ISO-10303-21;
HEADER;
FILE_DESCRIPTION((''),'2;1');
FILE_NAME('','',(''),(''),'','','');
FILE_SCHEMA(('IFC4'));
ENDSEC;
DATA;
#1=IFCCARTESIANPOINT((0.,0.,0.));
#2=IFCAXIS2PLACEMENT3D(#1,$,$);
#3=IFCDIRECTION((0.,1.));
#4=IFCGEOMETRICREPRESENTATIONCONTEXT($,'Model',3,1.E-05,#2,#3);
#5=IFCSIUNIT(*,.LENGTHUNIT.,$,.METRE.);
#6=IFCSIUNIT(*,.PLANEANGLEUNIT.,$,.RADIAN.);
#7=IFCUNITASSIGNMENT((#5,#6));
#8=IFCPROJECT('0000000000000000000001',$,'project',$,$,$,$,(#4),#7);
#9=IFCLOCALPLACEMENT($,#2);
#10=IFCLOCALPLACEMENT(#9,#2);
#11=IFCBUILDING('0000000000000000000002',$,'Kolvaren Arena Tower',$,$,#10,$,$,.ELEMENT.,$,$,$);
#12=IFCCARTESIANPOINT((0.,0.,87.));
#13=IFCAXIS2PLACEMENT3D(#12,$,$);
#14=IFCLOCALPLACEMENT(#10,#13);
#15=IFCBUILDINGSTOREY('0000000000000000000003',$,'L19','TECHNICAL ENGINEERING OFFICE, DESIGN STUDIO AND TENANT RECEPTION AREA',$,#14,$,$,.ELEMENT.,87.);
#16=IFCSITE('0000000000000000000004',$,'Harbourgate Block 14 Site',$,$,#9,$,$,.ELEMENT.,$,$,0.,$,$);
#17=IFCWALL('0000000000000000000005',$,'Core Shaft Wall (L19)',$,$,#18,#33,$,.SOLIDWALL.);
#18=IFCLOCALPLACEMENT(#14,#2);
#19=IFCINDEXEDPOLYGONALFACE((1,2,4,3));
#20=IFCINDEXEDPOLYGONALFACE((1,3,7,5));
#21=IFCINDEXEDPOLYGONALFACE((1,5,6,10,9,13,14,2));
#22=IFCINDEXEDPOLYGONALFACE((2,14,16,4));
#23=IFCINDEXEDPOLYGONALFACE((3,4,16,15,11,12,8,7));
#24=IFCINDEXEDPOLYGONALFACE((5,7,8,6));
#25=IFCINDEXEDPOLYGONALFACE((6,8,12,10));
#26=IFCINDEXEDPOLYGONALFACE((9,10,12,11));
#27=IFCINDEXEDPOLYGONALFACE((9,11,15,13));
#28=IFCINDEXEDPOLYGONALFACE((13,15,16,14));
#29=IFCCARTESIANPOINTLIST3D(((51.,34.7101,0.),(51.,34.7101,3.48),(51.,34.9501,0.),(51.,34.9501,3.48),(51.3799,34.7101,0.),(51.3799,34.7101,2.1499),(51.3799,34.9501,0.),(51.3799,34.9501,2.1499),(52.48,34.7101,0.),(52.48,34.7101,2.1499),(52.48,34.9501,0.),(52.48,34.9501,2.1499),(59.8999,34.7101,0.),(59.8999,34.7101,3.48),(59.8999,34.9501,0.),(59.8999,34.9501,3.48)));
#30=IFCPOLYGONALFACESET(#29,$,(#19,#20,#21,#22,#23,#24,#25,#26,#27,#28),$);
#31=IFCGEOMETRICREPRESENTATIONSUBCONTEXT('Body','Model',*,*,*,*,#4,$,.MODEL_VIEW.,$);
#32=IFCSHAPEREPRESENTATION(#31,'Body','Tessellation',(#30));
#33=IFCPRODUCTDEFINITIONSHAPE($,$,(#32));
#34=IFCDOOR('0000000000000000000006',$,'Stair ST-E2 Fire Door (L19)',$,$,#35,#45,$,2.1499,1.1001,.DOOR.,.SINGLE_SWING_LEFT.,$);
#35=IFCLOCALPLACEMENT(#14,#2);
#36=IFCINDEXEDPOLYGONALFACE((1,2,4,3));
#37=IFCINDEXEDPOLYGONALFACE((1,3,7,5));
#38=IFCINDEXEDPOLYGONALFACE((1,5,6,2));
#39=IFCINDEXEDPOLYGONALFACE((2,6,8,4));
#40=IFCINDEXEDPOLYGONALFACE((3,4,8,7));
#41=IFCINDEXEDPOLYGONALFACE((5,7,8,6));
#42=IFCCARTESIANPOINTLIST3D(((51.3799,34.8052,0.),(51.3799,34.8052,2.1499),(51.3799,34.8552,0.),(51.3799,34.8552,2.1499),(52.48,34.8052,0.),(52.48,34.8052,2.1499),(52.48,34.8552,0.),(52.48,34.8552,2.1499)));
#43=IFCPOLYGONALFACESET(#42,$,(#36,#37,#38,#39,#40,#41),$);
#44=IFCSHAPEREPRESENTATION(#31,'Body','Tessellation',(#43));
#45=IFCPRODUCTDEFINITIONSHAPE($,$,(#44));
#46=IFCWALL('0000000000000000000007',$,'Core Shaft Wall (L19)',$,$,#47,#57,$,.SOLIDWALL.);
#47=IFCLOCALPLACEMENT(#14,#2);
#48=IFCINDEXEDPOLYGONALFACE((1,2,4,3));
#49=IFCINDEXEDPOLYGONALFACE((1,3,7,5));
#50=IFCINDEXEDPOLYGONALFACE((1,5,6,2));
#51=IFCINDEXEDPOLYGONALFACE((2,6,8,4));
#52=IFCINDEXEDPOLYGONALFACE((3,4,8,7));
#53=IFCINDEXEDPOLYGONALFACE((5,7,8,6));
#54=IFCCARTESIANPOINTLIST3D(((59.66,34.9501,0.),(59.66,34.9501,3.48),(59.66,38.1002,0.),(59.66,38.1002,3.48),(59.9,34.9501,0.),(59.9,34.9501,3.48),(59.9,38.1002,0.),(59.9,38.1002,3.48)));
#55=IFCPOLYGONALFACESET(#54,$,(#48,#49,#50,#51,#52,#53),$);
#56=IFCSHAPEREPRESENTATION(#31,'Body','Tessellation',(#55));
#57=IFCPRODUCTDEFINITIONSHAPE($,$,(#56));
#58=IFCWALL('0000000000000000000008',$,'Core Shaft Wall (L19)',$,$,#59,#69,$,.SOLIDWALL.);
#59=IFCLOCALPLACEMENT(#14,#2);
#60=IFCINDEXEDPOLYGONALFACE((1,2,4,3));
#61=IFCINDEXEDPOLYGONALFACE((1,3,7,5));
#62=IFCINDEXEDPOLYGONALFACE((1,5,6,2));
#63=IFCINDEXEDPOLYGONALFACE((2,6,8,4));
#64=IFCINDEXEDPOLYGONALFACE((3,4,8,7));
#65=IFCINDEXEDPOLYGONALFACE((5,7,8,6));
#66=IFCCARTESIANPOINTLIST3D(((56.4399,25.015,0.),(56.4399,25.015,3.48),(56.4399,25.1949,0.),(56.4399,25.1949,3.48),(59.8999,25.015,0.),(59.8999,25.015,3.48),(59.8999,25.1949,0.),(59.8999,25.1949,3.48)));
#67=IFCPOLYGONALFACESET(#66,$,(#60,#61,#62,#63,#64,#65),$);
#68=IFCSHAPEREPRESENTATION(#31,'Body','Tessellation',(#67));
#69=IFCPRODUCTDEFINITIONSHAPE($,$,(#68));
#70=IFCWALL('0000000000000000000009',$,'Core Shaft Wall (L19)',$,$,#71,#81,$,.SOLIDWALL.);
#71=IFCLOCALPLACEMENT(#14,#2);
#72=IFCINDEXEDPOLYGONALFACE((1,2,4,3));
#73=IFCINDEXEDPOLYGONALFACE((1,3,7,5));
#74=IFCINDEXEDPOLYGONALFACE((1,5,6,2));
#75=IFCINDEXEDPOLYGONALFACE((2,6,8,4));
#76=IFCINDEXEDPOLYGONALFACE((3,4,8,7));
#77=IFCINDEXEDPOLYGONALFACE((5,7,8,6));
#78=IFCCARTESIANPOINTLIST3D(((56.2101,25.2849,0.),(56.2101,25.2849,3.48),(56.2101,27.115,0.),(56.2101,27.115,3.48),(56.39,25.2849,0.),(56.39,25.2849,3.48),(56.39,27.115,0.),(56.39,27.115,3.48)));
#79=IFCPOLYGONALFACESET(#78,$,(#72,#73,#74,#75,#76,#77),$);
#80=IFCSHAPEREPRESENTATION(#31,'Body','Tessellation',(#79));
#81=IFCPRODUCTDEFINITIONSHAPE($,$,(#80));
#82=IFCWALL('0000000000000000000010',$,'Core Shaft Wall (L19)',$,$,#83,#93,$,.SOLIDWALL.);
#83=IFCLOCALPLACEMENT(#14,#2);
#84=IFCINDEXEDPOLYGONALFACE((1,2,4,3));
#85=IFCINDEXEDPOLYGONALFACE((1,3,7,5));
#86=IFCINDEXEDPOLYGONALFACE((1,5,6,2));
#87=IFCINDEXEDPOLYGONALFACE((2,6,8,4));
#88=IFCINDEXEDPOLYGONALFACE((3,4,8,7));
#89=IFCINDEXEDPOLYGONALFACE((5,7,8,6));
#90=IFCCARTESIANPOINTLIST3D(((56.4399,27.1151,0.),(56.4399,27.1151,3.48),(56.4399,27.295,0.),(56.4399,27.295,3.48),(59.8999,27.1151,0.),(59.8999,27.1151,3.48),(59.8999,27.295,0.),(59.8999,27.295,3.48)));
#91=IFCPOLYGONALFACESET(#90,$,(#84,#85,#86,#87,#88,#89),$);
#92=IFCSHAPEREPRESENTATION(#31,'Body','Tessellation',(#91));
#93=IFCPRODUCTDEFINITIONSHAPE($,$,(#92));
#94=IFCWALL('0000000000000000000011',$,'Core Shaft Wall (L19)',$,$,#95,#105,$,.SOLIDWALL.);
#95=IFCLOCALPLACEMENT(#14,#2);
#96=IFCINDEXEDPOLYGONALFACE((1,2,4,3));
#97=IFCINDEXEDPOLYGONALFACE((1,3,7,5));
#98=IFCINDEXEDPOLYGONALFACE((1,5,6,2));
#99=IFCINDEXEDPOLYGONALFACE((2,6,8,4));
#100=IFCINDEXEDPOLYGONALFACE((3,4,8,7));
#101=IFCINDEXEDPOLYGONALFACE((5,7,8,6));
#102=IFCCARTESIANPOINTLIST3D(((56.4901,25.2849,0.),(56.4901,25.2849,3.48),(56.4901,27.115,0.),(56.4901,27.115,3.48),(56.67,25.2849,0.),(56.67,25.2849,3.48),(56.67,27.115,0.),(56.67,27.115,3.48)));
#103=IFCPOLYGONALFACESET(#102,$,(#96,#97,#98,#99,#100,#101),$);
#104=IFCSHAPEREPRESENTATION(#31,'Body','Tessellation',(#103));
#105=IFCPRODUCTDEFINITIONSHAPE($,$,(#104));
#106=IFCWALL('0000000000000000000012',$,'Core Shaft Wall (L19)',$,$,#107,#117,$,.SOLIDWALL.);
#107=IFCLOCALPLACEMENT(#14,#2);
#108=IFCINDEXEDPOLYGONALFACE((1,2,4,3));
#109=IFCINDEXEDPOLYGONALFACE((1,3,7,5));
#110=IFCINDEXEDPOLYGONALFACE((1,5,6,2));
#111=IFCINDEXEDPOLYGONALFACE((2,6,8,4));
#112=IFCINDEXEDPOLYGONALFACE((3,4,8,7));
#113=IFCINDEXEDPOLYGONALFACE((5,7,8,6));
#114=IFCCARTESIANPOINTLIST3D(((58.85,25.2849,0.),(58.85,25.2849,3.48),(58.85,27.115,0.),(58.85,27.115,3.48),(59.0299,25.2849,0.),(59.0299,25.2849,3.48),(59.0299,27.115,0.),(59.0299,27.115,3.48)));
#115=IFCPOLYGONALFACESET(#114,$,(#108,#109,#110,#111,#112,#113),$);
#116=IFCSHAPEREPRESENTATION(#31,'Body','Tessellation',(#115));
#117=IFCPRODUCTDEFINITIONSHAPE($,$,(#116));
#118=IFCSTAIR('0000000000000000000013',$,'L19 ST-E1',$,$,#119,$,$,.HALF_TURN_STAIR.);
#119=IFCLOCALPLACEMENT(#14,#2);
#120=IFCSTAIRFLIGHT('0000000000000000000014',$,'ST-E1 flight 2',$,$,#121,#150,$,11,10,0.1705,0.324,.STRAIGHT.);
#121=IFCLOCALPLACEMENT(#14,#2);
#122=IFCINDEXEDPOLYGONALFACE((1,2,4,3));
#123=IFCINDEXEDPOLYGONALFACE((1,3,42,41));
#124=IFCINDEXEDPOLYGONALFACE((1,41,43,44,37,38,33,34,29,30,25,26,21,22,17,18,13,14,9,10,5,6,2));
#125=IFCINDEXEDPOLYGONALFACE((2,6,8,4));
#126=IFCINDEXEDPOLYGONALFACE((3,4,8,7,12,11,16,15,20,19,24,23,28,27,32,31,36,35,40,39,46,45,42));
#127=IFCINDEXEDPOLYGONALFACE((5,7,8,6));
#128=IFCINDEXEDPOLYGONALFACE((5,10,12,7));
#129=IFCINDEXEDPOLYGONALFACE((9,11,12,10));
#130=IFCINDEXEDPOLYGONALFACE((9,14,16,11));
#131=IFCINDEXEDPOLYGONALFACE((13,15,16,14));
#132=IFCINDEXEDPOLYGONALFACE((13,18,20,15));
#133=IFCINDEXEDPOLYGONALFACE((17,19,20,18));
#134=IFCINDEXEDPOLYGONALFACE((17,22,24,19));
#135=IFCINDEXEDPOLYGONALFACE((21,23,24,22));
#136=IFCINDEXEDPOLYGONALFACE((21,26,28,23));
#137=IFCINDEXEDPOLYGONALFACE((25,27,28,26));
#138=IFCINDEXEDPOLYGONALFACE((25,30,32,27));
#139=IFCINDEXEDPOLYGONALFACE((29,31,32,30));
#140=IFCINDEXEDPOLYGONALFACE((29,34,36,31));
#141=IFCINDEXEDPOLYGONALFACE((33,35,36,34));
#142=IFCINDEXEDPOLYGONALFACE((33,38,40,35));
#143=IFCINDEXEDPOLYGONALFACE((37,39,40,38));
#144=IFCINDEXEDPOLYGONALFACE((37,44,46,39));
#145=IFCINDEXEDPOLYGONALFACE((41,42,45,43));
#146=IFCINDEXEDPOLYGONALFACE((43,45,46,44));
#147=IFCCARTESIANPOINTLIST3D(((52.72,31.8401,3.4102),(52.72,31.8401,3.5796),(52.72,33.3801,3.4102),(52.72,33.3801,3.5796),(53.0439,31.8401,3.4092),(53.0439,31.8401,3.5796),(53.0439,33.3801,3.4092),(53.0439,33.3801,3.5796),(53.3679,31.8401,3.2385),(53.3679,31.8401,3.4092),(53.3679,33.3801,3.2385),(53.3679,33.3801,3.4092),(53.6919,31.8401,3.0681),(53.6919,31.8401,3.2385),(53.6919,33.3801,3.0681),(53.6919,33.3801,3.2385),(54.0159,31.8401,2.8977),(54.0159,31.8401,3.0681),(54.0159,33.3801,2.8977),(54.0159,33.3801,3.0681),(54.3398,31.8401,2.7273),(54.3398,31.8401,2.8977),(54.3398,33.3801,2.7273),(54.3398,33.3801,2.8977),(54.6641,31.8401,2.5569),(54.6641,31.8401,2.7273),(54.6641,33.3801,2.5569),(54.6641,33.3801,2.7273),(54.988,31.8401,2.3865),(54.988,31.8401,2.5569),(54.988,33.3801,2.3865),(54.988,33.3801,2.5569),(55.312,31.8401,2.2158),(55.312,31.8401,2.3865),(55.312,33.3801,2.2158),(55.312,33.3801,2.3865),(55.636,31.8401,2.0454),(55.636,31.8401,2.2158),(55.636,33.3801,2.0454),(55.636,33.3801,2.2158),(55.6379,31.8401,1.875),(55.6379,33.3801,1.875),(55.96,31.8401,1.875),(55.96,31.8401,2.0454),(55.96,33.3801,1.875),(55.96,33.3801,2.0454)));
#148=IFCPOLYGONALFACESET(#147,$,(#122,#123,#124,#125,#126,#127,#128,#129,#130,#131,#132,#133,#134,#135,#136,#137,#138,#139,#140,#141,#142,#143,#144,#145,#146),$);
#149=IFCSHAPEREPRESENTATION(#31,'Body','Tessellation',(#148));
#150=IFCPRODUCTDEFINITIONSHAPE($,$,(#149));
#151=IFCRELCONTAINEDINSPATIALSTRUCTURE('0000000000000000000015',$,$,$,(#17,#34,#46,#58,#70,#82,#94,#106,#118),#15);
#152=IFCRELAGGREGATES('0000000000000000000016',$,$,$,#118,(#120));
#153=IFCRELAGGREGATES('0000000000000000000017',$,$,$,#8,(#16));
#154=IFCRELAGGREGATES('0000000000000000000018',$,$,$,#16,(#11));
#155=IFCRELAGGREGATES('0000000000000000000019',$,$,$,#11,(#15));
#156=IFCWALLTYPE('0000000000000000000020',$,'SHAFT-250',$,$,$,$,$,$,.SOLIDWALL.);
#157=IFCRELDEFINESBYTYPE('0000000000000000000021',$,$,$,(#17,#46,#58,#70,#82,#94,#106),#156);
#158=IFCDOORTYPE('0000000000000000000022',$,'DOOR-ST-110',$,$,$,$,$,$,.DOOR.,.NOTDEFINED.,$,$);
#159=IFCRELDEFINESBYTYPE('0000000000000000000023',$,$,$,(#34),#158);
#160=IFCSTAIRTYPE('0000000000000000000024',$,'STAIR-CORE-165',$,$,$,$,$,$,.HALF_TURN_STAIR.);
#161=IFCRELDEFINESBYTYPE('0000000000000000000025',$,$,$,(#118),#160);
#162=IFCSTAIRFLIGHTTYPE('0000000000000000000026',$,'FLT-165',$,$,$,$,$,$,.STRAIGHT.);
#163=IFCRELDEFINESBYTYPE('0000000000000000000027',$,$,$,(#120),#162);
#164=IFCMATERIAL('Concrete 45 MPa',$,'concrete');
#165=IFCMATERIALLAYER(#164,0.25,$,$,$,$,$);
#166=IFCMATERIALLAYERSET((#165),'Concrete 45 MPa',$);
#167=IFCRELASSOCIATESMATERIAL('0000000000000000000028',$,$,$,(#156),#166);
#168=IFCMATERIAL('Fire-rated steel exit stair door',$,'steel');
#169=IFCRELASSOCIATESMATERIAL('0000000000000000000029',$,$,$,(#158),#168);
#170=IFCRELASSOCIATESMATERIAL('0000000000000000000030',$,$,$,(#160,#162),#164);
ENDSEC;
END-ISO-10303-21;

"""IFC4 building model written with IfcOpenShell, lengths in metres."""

from ifc_helpers import new_model, si_unit, direction, frame, frame_2d, origin, place, context, subcontext, project, spatial, polyline, rectangle, outline, extrude, material, layer, layer_set, type_object, element, fill, aggregate, save


model = new_model("IFC4")

# Units and contexts
model_context = context("Model", 3, precision=1e-05, world=origin(), true_north=direction((0.0, 1.0)))
body_context = subcontext(model_context, "Body", "Model", "MODEL_VIEW")
ifc_project = project(units=[si_unit("LENGTHUNIT", "METRE"), si_unit("PLANEANGLEUNIT", "RADIAN")], contexts=[model_context])

# Site, building, storey
site_placement = place(None, origin())
site = spatial("IfcSite", under=ifc_project, at=site_placement, Name="Harbourgate Block 14 Site", CompositionType="ELEMENT", RefElevation=0.0)
building_placement = place(site_placement, origin())
building = spatial("IfcBuilding", under=site, at=building_placement, Name="Kolvaren Arena Tower", CompositionType="ELEMENT")
storey_placement = place(building_placement, frame((0.0, 0.0, 87.0)))
storey = spatial("IfcBuildingStorey", under=building, at=storey_placement, Name="L19", Description="TECHNICAL ENGINEERING OFFICE, DESIGN STUDIO AND TENANT RECEPTION AREA", CompositionType="ELEMENT", Elevation=87.0)

# Shared definitions
ifc_material_1 = material(Name="Concrete 45 MPa", Category="concrete")
ifc_layer = layer(ifc_material_1, 0.25)
ifc_layer_set = layer_set([ifc_layer], Name="Concrete 45 MPa")
wall_type = type_object("IfcWallType", Name="SHAFT-250", PredefinedType="SOLIDWALL", material=ifc_layer_set)
ifc_material_2 = material(Name="Fire-rated steel exit stair door", Category="steel")
door_type = type_object("IfcDoorType", Name="DOOR-ST-110", OperationType="NOTDEFINED", PredefinedType="DOOR", material=ifc_material_2)

# Wall, opening, door
wall_1_placement = place(storey_placement, frame((59.8999, 34.8301, 0.0), z_axis=(0.0, 0.0, 1.0), x_axis=(-1.0, 0.0, 0.0)))
wall_1 = element("IfcWall", 1, at=wall_1_placement, inside=storey, type_object=wall_type, Name="Core Shaft Wall (L19)", PredefinedType="SOLIDWALL", context=body_context, shape_type="SweptSolid", body=[
    extrude(rectangle(XDim=8.8999, YDim=0.24, at=frame_2d((4.45, 0.0))), origin(), (0.0, 0.0, 1.0), 3.48),
])
opening_1_placement = place(wall_1_placement, frame((7.4199, 0.0, 0.0)))
opening_1 = element("IfcOpeningElement", 2, at=opening_1_placement, cuts=wall_1, PredefinedType="OPENING", context=body_context, shape_type="SweptSolid", body=[
    extrude(rectangle(XDim=1.1001, YDim=2.1499, at=frame_2d((0.55, 1.075))), frame((0.0, 0.1299, 0.0), z_axis=(0.0, -1.0, 0.0), x_axis=(1.0, 0.0, 0.0)), (0.0, 0.0, 1.0), 0.26),
])
door_1_placement = place(opening_1_placement, origin())
door_1 = element("IfcDoor", 3, at=door_1_placement, inside=storey, type_object=door_type, Name="Stair ST-E2 Fire Door (L19)", OperationType="SINGLE_SWING_LEFT", OverallHeight=2.1499, OverallWidth=1.1001, PredefinedType="DOOR", context=body_context, shape_type="SweptSolid", body=[
    extrude(rectangle(XDim=1.1001, YDim=2.1499, at=frame_2d((0.55, 1.075))), frame((0.0, 0.0249, 0.0), z_axis=(0.0, -1.0, 0.0), x_axis=(1.0, 0.0, 0.0)), (0.0, 0.0, 1.0), 0.05),
])
fill(opening_1, door_1)

# Walls
wall_2_placement = place(storey_placement, frame((59.78, 34.95, 0.0), z_axis=(0.0, 0.0, 1.0), x_axis=(0.0, 1.0, 0.0)))
element("IfcWall", 4, at=wall_2_placement, inside=storey, type_object=wall_type, Name="Core Shaft Wall (L19)", PredefinedType="SOLIDWALL", context=body_context, shape_type="SweptSolid", body=[
    extrude(rectangle(XDim=3.1501, YDim=0.24, at=frame_2d((1.5752, 0.0))), origin(), (0.0, 0.0, 1.0), 3.48),
])
wall_3_placement = place(storey_placement, frame((56.4399, 25.105, 0.0), z_axis=(0.0, 0.0, 1.0), x_axis=(1.0, 0.0, 0.0)))
element("IfcWall", 5, at=wall_3_placement, inside=storey, type_object=wall_type, Name="Core Shaft Wall (L19)", PredefinedType="SOLIDWALL", context=body_context, shape_type="SweptSolid", body=[
    extrude(rectangle(XDim=3.46, YDim=0.1799, at=frame_2d((1.73, 0.0))), origin(), (0.0, 0.0, 1.0), 3.48),
])
wall_4_placement = place(storey_placement, frame((56.3, 25.2849, 0.0), z_axis=(0.0, 0.0, 1.0), x_axis=(0.0, 1.0, 0.0)))
element("IfcWall", 6, at=wall_4_placement, inside=storey, type_object=wall_type, Name="Core Shaft Wall (L19)", PredefinedType="SOLIDWALL", context=body_context, shape_type="SweptSolid", body=[
    extrude(rectangle(XDim=1.8301, YDim=0.1799, at=frame_2d((0.915, 0.0))), origin(), (0.0, 0.0, 1.0), 3.48),
])
wall_5_placement = place(storey_placement, frame((56.4399, 27.2051, 0.0), z_axis=(0.0, 0.0, 1.0), x_axis=(1.0, 0.0, 0.0)))
element("IfcWall", 7, at=wall_5_placement, inside=storey, type_object=wall_type, Name="Core Shaft Wall (L19)", PredefinedType="SOLIDWALL", context=body_context, shape_type="SweptSolid", body=[
    extrude(rectangle(XDim=3.46, YDim=0.1799, at=frame_2d((1.73, 0.0))), origin(), (0.0, 0.0, 1.0), 3.48),
])
for number, where, z_axis, x_axis, name in (
    (8, (56.5801, 25.2849, 0.0), (0.0, 0.0, 1.0), (0.0, 1.0, 0.0), "Core Shaft Wall (L19)"),
    (9, (58.9399, 25.2849, 0.0), (0.0, 0.0, 1.0), (0.0, 1.0, 0.0), "Core Shaft Wall (L19)"),
):
    element("IfcWall", number, at=place(storey_placement, frame(where, z_axis=z_axis, x_axis=x_axis)), inside=storey, type_object=wall_type, Name=name, PredefinedType="SOLIDWALL", context=body_context, shape_type="SweptSolid", body=[
        extrude(rectangle(XDim=1.8301, YDim=0.1799, at=frame_2d((0.915, 0.0))), origin(), (0.0, 0.0, 1.0), 3.48),
    ])

# Stair, stair flight
stair_type = type_object("IfcStairType", Name="STAIR-CORE-165", PredefinedType="HALF_TURN_STAIR", material=ifc_material_1)
stair_placement = place(storey_placement, origin())
stair = element("IfcStair", 10, at=stair_placement, inside=storey, type_object=stair_type, Name="L19 ST-E1", PredefinedType="HALF_TURN_STAIR")
stair_flight_type = type_object("IfcStairFlightType", Name="FLT-165", PredefinedType="STRAIGHT", material=ifc_material_1)
stair_flight_placement = place(storey_placement, frame((55.96, 32.6101, 1.875), z_axis=(0.0, 0.0, 1.0), x_axis=(-1.0, 0.0, 0.0)))
stair_flight = element("IfcStairFlight", 11, at=stair_flight_placement, type_object=stair_flight_type, Name="ST-E1 flight 2", NumberOfRisers=11, NumberOfTreads=10, PredefinedType="STRAIGHT", RiserHeight=0.1705, TreadLength=0.324, context=body_context, shape_type="SweptSolid", body=[
    extrude(outline(polyline([(0.0, 0.0), (0.0, 0.1704), (0.324, 0.1704), (0.324, 0.3408), (0.6479, 0.3408), (0.6479, 0.5115), (0.9719, 0.5115), (0.9719, 0.6819), (1.2959, 0.6819), (1.2959, 0.8523), (1.6201, 0.8523), (1.6201, 1.0227), (1.9441, 1.0227), (1.9441, 1.1931), (2.2681, 1.1931), (2.2681, 1.3635), (2.592, 1.3635), (2.592, 1.5342), (2.916, 1.5342), (2.916, 1.7046), (3.24, 1.7046), (3.24, 1.875), (3.24, 1.5352), (0.322, 0.0), (0.0, 0.0)])), frame((0.0, 0.77, 0.0), z_axis=(0.0, -1.0, 0.0), x_axis=(1.0, 0.0, 0.0)), (0.0, 0.0, 1.0), 1.54),
])
aggregate(stair, [stair_flight])

save(model, "model.ifc")
